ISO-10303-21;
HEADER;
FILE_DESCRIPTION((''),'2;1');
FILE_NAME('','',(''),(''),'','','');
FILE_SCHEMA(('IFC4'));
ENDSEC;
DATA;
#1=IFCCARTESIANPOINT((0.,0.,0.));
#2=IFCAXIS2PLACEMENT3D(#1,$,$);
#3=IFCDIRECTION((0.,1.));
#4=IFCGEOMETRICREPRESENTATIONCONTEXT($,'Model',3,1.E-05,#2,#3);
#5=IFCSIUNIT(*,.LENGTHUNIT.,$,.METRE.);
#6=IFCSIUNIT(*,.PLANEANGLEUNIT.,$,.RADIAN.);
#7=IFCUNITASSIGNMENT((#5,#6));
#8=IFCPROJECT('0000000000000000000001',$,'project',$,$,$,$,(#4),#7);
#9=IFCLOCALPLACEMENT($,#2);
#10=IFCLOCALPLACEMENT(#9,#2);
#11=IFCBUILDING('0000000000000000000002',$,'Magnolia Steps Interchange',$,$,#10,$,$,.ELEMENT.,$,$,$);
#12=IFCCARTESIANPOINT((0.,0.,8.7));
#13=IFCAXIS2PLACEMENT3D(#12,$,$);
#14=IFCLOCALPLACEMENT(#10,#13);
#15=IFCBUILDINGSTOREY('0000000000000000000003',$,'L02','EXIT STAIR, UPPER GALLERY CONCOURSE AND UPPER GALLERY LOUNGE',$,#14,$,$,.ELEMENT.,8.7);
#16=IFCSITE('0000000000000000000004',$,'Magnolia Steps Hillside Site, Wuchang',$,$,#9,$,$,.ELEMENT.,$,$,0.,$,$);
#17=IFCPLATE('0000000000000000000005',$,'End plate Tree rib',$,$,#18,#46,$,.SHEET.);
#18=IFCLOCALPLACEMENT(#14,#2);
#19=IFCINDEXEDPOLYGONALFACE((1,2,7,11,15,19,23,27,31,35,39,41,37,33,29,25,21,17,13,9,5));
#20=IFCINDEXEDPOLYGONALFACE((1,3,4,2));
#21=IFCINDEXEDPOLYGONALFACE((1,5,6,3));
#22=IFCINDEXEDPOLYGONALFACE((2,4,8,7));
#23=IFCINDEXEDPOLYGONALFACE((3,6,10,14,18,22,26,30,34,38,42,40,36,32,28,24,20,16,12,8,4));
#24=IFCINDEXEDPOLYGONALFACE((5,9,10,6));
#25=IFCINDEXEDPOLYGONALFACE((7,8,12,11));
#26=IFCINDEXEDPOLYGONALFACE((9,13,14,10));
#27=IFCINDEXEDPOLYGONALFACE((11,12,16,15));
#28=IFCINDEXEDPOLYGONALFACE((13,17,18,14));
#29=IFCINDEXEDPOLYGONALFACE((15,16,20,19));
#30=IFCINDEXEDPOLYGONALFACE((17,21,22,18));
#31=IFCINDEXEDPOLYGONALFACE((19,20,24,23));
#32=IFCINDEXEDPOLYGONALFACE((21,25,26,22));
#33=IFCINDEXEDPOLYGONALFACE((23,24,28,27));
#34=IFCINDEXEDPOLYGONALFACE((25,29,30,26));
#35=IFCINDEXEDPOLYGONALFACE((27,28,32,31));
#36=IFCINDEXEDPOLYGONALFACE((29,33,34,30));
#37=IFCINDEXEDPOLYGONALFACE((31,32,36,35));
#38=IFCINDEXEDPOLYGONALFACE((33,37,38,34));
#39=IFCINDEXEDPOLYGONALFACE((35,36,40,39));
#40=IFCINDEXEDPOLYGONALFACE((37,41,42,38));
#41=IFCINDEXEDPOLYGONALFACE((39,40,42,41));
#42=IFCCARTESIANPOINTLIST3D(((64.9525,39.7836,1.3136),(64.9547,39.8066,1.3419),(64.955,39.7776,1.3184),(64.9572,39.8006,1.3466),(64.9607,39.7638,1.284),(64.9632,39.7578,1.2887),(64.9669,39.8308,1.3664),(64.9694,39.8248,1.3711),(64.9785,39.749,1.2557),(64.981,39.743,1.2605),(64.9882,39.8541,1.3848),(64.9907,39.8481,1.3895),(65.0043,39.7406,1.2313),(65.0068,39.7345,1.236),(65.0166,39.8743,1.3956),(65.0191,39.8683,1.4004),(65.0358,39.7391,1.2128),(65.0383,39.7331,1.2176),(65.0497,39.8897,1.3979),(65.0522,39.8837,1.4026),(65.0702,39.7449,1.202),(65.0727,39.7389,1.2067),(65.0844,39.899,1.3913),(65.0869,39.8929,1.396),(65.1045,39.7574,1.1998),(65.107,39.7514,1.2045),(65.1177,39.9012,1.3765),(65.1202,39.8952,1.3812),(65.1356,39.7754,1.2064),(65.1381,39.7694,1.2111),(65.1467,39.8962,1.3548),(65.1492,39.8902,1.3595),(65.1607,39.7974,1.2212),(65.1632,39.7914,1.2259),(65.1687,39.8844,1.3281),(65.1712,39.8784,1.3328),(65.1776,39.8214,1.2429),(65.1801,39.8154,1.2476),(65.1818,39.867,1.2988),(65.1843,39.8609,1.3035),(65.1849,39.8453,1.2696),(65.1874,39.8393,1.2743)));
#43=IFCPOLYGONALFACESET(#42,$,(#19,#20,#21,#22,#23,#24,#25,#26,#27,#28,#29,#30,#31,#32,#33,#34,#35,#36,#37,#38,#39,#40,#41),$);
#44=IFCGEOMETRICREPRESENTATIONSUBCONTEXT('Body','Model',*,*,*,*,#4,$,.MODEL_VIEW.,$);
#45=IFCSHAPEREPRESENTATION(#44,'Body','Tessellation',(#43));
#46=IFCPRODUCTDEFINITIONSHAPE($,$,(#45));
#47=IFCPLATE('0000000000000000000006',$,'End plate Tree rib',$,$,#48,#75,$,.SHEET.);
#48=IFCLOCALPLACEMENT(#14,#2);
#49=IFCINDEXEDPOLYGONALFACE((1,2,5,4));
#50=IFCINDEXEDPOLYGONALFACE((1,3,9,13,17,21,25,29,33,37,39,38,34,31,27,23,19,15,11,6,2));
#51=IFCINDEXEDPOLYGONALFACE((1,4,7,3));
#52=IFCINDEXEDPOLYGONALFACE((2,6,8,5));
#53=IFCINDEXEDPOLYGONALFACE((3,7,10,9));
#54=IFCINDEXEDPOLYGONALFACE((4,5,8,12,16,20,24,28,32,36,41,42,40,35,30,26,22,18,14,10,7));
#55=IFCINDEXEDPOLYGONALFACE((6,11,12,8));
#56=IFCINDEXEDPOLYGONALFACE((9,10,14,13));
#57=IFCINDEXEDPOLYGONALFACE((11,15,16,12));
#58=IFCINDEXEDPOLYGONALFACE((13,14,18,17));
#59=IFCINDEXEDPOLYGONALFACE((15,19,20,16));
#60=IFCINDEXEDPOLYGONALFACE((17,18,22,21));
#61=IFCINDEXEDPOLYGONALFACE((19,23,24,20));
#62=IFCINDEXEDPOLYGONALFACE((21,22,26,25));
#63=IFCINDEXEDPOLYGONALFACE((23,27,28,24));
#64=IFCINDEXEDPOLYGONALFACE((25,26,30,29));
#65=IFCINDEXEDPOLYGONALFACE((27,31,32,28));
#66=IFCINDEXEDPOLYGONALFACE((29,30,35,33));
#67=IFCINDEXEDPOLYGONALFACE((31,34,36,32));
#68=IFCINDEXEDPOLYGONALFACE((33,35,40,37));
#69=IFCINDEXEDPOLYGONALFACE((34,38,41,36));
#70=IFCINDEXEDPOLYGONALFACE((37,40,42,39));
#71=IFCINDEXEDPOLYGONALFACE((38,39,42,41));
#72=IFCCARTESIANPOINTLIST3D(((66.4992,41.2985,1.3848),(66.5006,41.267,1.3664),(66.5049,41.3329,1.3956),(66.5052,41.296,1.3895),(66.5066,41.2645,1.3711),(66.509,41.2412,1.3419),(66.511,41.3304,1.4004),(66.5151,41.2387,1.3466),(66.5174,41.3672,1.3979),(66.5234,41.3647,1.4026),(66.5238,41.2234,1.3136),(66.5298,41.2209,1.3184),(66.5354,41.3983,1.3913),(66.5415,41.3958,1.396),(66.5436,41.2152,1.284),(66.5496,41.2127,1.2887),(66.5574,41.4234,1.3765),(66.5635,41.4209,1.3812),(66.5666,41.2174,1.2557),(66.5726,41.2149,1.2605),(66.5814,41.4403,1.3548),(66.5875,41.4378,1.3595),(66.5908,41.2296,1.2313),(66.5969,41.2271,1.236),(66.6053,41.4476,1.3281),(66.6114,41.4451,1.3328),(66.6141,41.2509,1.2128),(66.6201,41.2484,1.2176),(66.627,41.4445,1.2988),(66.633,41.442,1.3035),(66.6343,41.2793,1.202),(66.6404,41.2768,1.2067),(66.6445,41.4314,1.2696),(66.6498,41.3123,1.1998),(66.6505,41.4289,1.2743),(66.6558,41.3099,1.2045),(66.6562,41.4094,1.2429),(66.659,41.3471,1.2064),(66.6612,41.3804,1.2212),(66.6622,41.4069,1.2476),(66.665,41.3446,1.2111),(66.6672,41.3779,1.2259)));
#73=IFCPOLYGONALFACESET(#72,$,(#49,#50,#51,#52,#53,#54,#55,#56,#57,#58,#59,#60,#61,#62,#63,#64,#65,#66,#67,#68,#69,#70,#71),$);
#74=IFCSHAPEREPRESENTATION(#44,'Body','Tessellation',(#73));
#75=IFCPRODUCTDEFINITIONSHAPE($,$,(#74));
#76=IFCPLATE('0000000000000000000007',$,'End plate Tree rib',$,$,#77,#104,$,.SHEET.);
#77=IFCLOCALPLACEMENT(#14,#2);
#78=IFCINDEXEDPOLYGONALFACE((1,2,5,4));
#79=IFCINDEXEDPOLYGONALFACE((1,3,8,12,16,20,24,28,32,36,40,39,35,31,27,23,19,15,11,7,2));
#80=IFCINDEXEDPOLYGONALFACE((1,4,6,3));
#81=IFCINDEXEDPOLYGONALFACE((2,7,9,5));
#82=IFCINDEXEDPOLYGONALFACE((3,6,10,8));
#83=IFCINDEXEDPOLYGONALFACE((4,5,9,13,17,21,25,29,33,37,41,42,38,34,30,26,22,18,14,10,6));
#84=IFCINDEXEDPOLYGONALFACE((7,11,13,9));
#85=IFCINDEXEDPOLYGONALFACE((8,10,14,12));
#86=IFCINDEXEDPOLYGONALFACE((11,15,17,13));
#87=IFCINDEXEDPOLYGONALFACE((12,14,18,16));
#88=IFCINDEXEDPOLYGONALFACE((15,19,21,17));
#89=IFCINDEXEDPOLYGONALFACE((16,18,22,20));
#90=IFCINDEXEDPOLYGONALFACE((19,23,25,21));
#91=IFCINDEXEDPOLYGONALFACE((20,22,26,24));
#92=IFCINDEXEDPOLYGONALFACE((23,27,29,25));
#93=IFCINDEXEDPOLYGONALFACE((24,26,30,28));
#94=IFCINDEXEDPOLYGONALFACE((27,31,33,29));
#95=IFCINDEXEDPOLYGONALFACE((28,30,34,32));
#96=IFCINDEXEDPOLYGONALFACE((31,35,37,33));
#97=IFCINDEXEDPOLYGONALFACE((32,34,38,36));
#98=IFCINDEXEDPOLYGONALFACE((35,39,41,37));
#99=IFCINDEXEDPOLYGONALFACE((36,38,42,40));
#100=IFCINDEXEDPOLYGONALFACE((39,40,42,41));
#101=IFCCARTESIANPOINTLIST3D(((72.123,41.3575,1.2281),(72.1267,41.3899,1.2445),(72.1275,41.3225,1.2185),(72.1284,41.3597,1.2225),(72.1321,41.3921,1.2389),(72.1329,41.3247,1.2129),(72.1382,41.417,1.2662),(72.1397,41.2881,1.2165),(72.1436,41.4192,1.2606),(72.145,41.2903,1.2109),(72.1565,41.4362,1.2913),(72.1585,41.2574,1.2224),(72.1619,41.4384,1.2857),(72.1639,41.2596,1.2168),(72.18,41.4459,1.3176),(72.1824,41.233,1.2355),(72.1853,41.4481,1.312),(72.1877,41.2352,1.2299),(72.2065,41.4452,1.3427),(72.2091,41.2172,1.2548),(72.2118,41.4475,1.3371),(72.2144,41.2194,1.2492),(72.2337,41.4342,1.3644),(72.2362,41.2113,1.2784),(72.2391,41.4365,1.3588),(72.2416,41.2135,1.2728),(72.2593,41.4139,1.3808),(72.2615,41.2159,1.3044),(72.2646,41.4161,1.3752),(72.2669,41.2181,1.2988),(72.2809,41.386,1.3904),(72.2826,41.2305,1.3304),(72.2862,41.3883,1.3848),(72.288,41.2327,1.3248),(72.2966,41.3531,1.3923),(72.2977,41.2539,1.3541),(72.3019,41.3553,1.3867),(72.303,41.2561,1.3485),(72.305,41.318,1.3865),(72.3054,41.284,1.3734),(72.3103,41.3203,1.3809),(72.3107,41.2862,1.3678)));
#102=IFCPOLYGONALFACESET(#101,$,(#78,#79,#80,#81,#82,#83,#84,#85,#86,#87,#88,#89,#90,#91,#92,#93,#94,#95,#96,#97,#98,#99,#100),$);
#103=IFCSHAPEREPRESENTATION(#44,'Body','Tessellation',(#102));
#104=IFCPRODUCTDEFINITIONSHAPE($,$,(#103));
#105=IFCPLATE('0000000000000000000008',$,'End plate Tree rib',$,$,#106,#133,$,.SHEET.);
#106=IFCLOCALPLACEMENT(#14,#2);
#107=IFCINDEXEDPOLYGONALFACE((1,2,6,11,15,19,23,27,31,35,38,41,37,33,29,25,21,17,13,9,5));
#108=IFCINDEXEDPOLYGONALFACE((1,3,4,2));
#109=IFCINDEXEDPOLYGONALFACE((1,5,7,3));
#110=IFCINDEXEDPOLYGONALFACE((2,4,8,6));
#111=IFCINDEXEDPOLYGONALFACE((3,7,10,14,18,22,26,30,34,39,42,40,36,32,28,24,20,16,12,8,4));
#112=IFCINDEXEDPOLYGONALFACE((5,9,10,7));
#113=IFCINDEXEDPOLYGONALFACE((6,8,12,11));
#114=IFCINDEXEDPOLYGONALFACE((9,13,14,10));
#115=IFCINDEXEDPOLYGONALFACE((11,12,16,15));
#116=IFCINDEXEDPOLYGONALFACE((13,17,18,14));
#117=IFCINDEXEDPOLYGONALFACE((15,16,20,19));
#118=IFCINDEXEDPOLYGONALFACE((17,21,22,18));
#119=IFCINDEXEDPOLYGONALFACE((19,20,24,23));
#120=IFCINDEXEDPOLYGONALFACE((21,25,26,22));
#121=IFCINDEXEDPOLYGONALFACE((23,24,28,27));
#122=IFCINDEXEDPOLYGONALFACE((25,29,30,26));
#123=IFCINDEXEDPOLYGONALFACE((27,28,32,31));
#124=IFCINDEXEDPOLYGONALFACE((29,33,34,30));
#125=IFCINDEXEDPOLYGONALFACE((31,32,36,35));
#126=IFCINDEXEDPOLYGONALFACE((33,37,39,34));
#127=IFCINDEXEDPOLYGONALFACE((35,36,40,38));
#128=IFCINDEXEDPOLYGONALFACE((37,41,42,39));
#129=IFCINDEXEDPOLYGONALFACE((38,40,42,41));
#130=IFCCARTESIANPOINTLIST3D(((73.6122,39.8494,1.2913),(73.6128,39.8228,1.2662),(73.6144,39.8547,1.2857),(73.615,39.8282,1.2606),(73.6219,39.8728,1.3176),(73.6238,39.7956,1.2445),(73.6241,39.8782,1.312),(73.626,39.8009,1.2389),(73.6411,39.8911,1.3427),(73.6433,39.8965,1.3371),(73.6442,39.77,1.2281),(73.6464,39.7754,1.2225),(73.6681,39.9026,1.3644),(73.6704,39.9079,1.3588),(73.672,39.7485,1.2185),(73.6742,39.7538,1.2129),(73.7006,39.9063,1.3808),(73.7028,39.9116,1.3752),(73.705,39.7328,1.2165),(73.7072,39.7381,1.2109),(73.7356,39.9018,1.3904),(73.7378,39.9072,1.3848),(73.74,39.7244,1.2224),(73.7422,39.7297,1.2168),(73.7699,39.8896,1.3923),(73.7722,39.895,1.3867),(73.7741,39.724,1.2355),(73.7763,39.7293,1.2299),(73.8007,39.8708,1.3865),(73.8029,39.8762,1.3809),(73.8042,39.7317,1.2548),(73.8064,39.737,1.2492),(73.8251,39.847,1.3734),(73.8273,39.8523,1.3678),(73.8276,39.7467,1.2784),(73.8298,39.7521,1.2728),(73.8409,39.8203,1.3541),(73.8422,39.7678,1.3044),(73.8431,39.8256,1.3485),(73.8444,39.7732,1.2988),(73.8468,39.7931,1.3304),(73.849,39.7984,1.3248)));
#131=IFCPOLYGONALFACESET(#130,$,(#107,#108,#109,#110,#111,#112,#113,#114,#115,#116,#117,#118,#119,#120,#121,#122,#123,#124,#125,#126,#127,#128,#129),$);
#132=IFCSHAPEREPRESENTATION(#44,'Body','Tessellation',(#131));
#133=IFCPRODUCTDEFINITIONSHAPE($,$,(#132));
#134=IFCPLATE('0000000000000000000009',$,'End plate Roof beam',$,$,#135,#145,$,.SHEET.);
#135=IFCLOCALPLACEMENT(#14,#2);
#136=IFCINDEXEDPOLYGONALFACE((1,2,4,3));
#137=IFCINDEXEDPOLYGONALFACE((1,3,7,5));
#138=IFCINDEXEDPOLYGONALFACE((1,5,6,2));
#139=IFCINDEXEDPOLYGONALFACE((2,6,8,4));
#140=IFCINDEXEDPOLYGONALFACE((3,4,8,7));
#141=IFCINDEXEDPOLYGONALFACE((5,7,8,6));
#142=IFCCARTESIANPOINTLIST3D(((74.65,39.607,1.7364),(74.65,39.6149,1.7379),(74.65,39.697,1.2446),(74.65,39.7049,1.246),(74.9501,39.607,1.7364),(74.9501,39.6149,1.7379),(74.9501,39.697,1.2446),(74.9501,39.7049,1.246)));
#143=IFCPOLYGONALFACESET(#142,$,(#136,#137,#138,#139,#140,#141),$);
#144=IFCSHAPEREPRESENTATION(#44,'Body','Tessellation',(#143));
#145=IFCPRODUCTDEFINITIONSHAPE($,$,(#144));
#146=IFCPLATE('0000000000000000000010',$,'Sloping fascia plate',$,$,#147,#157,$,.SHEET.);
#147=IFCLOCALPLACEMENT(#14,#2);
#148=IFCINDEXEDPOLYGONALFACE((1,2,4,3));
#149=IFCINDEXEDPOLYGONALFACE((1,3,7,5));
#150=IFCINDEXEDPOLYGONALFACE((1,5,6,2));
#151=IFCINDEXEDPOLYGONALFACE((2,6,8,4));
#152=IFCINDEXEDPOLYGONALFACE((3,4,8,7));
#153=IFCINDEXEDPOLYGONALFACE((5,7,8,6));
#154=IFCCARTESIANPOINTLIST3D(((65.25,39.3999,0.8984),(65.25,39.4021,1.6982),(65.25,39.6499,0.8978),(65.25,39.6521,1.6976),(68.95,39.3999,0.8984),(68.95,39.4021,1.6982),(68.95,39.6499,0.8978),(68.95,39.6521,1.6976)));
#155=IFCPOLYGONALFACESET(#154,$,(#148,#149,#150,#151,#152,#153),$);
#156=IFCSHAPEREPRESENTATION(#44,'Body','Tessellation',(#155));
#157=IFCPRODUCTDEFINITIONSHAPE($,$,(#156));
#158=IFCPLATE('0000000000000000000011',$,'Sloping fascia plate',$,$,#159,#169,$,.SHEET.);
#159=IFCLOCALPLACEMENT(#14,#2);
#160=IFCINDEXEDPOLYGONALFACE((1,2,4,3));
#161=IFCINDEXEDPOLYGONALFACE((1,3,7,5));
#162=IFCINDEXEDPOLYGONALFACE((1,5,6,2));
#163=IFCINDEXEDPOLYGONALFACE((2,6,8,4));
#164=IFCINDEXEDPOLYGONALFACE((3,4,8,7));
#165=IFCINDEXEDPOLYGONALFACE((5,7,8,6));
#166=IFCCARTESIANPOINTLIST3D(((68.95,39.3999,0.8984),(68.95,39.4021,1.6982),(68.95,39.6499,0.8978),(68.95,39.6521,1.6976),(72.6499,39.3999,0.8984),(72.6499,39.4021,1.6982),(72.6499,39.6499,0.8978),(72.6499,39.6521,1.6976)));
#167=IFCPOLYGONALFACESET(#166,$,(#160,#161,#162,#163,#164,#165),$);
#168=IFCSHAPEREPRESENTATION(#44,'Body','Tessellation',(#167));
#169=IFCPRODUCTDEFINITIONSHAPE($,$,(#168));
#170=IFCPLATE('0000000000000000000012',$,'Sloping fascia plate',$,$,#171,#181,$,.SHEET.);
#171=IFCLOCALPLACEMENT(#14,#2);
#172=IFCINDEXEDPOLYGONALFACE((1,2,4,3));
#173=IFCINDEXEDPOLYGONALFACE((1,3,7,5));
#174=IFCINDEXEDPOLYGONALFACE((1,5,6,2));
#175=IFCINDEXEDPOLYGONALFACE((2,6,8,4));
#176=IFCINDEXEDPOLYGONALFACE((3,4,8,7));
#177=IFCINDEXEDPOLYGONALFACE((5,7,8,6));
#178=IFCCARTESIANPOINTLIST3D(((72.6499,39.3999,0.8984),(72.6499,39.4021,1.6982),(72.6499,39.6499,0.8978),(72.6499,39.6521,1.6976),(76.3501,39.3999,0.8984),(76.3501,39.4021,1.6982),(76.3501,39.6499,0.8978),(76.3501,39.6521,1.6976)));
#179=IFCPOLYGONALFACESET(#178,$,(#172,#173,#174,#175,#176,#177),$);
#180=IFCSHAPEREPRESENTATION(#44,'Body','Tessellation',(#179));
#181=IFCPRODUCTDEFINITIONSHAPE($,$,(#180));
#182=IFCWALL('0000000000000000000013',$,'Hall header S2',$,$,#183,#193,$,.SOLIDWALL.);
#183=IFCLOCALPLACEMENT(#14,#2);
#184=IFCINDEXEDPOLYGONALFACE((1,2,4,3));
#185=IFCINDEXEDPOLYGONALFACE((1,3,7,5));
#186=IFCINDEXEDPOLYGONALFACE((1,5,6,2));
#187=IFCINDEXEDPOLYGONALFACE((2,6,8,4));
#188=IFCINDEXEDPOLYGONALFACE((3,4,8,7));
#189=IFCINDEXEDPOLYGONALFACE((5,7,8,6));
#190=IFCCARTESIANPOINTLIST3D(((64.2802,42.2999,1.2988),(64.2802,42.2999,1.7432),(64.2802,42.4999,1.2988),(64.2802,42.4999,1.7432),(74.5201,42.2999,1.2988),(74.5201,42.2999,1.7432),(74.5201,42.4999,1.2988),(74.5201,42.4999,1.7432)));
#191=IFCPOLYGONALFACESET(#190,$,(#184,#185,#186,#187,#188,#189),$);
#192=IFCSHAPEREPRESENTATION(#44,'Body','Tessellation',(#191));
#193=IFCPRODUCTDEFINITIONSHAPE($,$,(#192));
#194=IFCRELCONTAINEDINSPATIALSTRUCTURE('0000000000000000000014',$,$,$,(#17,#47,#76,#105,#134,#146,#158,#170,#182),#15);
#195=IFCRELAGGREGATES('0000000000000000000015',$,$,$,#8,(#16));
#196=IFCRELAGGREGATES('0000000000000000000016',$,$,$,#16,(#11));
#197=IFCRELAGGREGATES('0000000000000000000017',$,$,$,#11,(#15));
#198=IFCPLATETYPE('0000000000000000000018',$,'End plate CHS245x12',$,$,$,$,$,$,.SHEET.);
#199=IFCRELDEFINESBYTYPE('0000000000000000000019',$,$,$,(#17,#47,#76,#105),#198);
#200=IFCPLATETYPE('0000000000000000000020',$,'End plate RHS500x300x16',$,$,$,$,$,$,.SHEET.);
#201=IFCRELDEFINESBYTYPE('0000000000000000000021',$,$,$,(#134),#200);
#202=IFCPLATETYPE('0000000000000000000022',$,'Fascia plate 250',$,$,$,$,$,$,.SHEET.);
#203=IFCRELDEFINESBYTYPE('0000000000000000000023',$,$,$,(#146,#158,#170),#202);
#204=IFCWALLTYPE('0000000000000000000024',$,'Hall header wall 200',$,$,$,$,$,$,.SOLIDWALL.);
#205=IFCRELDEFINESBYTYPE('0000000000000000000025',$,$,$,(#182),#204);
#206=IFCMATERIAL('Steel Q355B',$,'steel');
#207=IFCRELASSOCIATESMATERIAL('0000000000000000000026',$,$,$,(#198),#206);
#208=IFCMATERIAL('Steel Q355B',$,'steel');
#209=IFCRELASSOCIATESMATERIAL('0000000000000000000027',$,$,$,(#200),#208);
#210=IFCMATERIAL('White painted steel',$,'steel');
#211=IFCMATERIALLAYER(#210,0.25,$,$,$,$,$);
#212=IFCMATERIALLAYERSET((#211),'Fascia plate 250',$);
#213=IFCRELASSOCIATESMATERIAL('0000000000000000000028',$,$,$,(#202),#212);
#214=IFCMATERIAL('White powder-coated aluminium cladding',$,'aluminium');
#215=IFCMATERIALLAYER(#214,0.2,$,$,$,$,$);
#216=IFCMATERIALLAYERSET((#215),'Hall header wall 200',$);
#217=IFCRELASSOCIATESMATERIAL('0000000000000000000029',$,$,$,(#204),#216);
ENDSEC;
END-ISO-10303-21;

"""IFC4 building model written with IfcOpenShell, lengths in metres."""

from ifc_helpers import new_model, si_unit, direction, frame, frame_2d, origin, origin_2d, place, context, subcontext, project, spatial, polyline, rectangle, circle, outline, extrude, material, layer, layer_set, material_profile, profile_set, type_object, element, save


model = new_model("IFC4")

# Units and contexts
model_context = context("Model", 3, precision=1e-05, world=origin(), true_north=direction((0.0, 1.0)))
body_context = subcontext(model_context, "Body", "Model", "MODEL_VIEW")
ifc_project = project(units=[si_unit("LENGTHUNIT", "METRE"), si_unit("PLANEANGLEUNIT", "RADIAN")], contexts=[model_context])

# Site, building, storey
site_placement = place(None, origin())
site = spatial("IfcSite", under=ifc_project, at=site_placement, Name="Magnolia Steps Hillside Site, Wuchang", CompositionType="ELEMENT", RefElevation=0.0)
building_placement = place(site_placement, origin())
building = spatial("IfcBuilding", under=site, at=building_placement, Name="Magnolia Steps Interchange", CompositionType="ELEMENT")
storey_placement = place(building_placement, frame((0.0, 0.0, 8.7)))
storey = spatial("IfcBuildingStorey", under=building, at=storey_placement, Name="L02", Description="EXIT STAIR, UPPER GALLERY CONCOURSE AND UPPER GALLERY LOUNGE", CompositionType="ELEMENT", Elevation=8.7)

# Plates
ifc_material_1 = material(Name="Steel Q355B", Category="steel")
ifc_material_profile_1 = material_profile(ifc_material_1, circle(Radius=0.1226, at=origin_2d()), Name="End plate CHS245x12")
ifc_profile_set_1 = profile_set([ifc_material_profile_1], Name="Steel Q355B")
plate_type_1 = type_object("IfcPlateType", Name="End plate CHS245x12", PredefinedType="SHEET", material=ifc_profile_set_1)
for number, where, z_axis, x_axis, name in (
    (1, (65.0686, 39.8201, 1.2988), (0.310071, -0.748578, 0.586078), (0.92388, 0.382683, 0.0), "End plate Tree rib"),
    (2, (66.5801, 41.3313, 1.2988), (0.748578, -0.310071, 0.586078), (0.382683, 0.92388, 0.0), "End plate Tree rib"),
    (3, (72.22, 41.3313, 1.2988), (-0.664583, -0.275279, 0.694658), (0.382683, -0.92388, 0.0), "End plate Tree rib"),
    (4, (73.7312, 39.8201, 1.2988), (-0.275279, -0.664583, 0.694658), (0.92388, -0.382683, 0.0), "End plate Tree rib"),
):
    element("IfcPlate", number, at=place(storey_placement, frame(where, z_axis=z_axis, x_axis=x_axis)), inside=storey, type_object=plate_type_1, Name=name, PredefinedType="SHEET", context=body_context, shape_type="SweptSolid", body=[
        extrude(circle(Radius=0.1226, at=origin_2d()), origin(), (0.0, 0.0, 1.0), 0.0081),
    ])
ifc_material_2 = material(Name="Steel Q355B", Category="steel")
ifc_material_profile_2 = material_profile(ifc_material_2, rectangle(XDim=0.3, YDim=0.5, at=origin_2d()), Name="End plate RHS500x300x16")
ifc_profile_set_2 = profile_set([ifc_material_profile_2], Name="Steel Q355B")
plate_type_2 = type_object("IfcPlateType", Name="End plate RHS500x300x16", PredefinedType="SHEET", material=ifc_profile_set_2)
plate_1_placement = place(storey_placement, frame((74.8, 39.6599, 1.4919), z_axis=(0.0, -0.983683, -0.179911), x_axis=(1.0, 0.0, 0.0)))
element("IfcPlate", 5, at=plate_1_placement, inside=storey, type_object=plate_type_2, Name="End plate Roof beam", PredefinedType="SHEET", context=body_context, shape_type="SweptSolid", body=[
    extrude(rectangle(XDim=0.3, YDim=0.5, at=origin_2d()), origin(), (0.0, 0.0, 1.0), 0.0081),
])
ifc_material_3 = material(Name="White painted steel", Category="steel")
ifc_layer_1 = layer(ifc_material_3, 0.25)
ifc_layer_set_1 = layer_set([ifc_layer_1], Name="Fascia plate 250")
plate_type_3 = type_object("IfcPlateType", Name="Fascia plate 250", PredefinedType="SHEET", material=ifc_layer_set_1)
for number, where, z_axis, x_axis, name in (
    (6, (65.25, 39.3999, 0.8984), (0.0, -0.999996, 0.002747), (1.0, 0.0, 0.0), "Sloping fascia plate"),
    (7, (68.95, 39.3999, 0.8984), (0.0, -0.999996, 0.002747), (1.0, 0.0, 0.0), "Sloping fascia plate"),
):
    element("IfcPlate", number, at=place(storey_placement, frame(where, z_axis=z_axis, x_axis=x_axis)), inside=storey, type_object=plate_type_3, Name=name, PredefinedType="SHEET", context=body_context, shape_type="SweptSolid", body=[
        extrude(outline(polyline([(0.0, 0.0), (3.7, 0.0), (3.7, 0.7998), (0.0, 0.7998), (0.0, 0.0)])), origin(), (0.0, 0.0, -1.0), 0.25),
    ])
plate_2_placement = place(storey_placement, frame((72.6499, 39.3999, 0.8984), z_axis=(0.0, -0.999996, 0.002747), x_axis=(1.0, 0.0, 0.0)))
element("IfcPlate", 8, at=plate_2_placement, inside=storey, type_object=plate_type_3, Name="Sloping fascia plate", PredefinedType="SHEET", context=body_context, shape_type="SweptSolid", body=[
    extrude(outline(polyline([(0.0, 0.0), (3.7002, 0.0), (3.7002, 0.7998), (0.0, 0.7998), (0.0, 0.0)])), origin(), (0.0, 0.0, -1.0), 0.25),
])

# Wall
ifc_material_4 = material(Name="White powder-coated aluminium cladding", Category="aluminium")
ifc_layer_2 = layer(ifc_material_4, 0.2)
ifc_layer_set_2 = layer_set([ifc_layer_2], Name="Hall header wall 200")
wall_type = type_object("IfcWallType", Name="Hall header wall 200", PredefinedType="SOLIDWALL", material=ifc_layer_set_2)
wall_placement = place(storey_placement, frame((64.28, 42.3999, 1.2988), z_axis=(0.0, 0.0, 1.0), x_axis=(1.0, 0.0, 0.0)))
element("IfcWall", 9, at=wall_placement, inside=storey, type_object=wall_type, Name="Hall header S2", PredefinedType="SOLIDWALL", context=body_context, shape_type="SweptSolid", body=[
    extrude(rectangle(XDim=10.24, YDim=0.2, at=frame_2d((5.1201, 0.0))), origin(), (0.0, 0.0, 1.0), 0.4443),
])

save(model, "model.ifc")
